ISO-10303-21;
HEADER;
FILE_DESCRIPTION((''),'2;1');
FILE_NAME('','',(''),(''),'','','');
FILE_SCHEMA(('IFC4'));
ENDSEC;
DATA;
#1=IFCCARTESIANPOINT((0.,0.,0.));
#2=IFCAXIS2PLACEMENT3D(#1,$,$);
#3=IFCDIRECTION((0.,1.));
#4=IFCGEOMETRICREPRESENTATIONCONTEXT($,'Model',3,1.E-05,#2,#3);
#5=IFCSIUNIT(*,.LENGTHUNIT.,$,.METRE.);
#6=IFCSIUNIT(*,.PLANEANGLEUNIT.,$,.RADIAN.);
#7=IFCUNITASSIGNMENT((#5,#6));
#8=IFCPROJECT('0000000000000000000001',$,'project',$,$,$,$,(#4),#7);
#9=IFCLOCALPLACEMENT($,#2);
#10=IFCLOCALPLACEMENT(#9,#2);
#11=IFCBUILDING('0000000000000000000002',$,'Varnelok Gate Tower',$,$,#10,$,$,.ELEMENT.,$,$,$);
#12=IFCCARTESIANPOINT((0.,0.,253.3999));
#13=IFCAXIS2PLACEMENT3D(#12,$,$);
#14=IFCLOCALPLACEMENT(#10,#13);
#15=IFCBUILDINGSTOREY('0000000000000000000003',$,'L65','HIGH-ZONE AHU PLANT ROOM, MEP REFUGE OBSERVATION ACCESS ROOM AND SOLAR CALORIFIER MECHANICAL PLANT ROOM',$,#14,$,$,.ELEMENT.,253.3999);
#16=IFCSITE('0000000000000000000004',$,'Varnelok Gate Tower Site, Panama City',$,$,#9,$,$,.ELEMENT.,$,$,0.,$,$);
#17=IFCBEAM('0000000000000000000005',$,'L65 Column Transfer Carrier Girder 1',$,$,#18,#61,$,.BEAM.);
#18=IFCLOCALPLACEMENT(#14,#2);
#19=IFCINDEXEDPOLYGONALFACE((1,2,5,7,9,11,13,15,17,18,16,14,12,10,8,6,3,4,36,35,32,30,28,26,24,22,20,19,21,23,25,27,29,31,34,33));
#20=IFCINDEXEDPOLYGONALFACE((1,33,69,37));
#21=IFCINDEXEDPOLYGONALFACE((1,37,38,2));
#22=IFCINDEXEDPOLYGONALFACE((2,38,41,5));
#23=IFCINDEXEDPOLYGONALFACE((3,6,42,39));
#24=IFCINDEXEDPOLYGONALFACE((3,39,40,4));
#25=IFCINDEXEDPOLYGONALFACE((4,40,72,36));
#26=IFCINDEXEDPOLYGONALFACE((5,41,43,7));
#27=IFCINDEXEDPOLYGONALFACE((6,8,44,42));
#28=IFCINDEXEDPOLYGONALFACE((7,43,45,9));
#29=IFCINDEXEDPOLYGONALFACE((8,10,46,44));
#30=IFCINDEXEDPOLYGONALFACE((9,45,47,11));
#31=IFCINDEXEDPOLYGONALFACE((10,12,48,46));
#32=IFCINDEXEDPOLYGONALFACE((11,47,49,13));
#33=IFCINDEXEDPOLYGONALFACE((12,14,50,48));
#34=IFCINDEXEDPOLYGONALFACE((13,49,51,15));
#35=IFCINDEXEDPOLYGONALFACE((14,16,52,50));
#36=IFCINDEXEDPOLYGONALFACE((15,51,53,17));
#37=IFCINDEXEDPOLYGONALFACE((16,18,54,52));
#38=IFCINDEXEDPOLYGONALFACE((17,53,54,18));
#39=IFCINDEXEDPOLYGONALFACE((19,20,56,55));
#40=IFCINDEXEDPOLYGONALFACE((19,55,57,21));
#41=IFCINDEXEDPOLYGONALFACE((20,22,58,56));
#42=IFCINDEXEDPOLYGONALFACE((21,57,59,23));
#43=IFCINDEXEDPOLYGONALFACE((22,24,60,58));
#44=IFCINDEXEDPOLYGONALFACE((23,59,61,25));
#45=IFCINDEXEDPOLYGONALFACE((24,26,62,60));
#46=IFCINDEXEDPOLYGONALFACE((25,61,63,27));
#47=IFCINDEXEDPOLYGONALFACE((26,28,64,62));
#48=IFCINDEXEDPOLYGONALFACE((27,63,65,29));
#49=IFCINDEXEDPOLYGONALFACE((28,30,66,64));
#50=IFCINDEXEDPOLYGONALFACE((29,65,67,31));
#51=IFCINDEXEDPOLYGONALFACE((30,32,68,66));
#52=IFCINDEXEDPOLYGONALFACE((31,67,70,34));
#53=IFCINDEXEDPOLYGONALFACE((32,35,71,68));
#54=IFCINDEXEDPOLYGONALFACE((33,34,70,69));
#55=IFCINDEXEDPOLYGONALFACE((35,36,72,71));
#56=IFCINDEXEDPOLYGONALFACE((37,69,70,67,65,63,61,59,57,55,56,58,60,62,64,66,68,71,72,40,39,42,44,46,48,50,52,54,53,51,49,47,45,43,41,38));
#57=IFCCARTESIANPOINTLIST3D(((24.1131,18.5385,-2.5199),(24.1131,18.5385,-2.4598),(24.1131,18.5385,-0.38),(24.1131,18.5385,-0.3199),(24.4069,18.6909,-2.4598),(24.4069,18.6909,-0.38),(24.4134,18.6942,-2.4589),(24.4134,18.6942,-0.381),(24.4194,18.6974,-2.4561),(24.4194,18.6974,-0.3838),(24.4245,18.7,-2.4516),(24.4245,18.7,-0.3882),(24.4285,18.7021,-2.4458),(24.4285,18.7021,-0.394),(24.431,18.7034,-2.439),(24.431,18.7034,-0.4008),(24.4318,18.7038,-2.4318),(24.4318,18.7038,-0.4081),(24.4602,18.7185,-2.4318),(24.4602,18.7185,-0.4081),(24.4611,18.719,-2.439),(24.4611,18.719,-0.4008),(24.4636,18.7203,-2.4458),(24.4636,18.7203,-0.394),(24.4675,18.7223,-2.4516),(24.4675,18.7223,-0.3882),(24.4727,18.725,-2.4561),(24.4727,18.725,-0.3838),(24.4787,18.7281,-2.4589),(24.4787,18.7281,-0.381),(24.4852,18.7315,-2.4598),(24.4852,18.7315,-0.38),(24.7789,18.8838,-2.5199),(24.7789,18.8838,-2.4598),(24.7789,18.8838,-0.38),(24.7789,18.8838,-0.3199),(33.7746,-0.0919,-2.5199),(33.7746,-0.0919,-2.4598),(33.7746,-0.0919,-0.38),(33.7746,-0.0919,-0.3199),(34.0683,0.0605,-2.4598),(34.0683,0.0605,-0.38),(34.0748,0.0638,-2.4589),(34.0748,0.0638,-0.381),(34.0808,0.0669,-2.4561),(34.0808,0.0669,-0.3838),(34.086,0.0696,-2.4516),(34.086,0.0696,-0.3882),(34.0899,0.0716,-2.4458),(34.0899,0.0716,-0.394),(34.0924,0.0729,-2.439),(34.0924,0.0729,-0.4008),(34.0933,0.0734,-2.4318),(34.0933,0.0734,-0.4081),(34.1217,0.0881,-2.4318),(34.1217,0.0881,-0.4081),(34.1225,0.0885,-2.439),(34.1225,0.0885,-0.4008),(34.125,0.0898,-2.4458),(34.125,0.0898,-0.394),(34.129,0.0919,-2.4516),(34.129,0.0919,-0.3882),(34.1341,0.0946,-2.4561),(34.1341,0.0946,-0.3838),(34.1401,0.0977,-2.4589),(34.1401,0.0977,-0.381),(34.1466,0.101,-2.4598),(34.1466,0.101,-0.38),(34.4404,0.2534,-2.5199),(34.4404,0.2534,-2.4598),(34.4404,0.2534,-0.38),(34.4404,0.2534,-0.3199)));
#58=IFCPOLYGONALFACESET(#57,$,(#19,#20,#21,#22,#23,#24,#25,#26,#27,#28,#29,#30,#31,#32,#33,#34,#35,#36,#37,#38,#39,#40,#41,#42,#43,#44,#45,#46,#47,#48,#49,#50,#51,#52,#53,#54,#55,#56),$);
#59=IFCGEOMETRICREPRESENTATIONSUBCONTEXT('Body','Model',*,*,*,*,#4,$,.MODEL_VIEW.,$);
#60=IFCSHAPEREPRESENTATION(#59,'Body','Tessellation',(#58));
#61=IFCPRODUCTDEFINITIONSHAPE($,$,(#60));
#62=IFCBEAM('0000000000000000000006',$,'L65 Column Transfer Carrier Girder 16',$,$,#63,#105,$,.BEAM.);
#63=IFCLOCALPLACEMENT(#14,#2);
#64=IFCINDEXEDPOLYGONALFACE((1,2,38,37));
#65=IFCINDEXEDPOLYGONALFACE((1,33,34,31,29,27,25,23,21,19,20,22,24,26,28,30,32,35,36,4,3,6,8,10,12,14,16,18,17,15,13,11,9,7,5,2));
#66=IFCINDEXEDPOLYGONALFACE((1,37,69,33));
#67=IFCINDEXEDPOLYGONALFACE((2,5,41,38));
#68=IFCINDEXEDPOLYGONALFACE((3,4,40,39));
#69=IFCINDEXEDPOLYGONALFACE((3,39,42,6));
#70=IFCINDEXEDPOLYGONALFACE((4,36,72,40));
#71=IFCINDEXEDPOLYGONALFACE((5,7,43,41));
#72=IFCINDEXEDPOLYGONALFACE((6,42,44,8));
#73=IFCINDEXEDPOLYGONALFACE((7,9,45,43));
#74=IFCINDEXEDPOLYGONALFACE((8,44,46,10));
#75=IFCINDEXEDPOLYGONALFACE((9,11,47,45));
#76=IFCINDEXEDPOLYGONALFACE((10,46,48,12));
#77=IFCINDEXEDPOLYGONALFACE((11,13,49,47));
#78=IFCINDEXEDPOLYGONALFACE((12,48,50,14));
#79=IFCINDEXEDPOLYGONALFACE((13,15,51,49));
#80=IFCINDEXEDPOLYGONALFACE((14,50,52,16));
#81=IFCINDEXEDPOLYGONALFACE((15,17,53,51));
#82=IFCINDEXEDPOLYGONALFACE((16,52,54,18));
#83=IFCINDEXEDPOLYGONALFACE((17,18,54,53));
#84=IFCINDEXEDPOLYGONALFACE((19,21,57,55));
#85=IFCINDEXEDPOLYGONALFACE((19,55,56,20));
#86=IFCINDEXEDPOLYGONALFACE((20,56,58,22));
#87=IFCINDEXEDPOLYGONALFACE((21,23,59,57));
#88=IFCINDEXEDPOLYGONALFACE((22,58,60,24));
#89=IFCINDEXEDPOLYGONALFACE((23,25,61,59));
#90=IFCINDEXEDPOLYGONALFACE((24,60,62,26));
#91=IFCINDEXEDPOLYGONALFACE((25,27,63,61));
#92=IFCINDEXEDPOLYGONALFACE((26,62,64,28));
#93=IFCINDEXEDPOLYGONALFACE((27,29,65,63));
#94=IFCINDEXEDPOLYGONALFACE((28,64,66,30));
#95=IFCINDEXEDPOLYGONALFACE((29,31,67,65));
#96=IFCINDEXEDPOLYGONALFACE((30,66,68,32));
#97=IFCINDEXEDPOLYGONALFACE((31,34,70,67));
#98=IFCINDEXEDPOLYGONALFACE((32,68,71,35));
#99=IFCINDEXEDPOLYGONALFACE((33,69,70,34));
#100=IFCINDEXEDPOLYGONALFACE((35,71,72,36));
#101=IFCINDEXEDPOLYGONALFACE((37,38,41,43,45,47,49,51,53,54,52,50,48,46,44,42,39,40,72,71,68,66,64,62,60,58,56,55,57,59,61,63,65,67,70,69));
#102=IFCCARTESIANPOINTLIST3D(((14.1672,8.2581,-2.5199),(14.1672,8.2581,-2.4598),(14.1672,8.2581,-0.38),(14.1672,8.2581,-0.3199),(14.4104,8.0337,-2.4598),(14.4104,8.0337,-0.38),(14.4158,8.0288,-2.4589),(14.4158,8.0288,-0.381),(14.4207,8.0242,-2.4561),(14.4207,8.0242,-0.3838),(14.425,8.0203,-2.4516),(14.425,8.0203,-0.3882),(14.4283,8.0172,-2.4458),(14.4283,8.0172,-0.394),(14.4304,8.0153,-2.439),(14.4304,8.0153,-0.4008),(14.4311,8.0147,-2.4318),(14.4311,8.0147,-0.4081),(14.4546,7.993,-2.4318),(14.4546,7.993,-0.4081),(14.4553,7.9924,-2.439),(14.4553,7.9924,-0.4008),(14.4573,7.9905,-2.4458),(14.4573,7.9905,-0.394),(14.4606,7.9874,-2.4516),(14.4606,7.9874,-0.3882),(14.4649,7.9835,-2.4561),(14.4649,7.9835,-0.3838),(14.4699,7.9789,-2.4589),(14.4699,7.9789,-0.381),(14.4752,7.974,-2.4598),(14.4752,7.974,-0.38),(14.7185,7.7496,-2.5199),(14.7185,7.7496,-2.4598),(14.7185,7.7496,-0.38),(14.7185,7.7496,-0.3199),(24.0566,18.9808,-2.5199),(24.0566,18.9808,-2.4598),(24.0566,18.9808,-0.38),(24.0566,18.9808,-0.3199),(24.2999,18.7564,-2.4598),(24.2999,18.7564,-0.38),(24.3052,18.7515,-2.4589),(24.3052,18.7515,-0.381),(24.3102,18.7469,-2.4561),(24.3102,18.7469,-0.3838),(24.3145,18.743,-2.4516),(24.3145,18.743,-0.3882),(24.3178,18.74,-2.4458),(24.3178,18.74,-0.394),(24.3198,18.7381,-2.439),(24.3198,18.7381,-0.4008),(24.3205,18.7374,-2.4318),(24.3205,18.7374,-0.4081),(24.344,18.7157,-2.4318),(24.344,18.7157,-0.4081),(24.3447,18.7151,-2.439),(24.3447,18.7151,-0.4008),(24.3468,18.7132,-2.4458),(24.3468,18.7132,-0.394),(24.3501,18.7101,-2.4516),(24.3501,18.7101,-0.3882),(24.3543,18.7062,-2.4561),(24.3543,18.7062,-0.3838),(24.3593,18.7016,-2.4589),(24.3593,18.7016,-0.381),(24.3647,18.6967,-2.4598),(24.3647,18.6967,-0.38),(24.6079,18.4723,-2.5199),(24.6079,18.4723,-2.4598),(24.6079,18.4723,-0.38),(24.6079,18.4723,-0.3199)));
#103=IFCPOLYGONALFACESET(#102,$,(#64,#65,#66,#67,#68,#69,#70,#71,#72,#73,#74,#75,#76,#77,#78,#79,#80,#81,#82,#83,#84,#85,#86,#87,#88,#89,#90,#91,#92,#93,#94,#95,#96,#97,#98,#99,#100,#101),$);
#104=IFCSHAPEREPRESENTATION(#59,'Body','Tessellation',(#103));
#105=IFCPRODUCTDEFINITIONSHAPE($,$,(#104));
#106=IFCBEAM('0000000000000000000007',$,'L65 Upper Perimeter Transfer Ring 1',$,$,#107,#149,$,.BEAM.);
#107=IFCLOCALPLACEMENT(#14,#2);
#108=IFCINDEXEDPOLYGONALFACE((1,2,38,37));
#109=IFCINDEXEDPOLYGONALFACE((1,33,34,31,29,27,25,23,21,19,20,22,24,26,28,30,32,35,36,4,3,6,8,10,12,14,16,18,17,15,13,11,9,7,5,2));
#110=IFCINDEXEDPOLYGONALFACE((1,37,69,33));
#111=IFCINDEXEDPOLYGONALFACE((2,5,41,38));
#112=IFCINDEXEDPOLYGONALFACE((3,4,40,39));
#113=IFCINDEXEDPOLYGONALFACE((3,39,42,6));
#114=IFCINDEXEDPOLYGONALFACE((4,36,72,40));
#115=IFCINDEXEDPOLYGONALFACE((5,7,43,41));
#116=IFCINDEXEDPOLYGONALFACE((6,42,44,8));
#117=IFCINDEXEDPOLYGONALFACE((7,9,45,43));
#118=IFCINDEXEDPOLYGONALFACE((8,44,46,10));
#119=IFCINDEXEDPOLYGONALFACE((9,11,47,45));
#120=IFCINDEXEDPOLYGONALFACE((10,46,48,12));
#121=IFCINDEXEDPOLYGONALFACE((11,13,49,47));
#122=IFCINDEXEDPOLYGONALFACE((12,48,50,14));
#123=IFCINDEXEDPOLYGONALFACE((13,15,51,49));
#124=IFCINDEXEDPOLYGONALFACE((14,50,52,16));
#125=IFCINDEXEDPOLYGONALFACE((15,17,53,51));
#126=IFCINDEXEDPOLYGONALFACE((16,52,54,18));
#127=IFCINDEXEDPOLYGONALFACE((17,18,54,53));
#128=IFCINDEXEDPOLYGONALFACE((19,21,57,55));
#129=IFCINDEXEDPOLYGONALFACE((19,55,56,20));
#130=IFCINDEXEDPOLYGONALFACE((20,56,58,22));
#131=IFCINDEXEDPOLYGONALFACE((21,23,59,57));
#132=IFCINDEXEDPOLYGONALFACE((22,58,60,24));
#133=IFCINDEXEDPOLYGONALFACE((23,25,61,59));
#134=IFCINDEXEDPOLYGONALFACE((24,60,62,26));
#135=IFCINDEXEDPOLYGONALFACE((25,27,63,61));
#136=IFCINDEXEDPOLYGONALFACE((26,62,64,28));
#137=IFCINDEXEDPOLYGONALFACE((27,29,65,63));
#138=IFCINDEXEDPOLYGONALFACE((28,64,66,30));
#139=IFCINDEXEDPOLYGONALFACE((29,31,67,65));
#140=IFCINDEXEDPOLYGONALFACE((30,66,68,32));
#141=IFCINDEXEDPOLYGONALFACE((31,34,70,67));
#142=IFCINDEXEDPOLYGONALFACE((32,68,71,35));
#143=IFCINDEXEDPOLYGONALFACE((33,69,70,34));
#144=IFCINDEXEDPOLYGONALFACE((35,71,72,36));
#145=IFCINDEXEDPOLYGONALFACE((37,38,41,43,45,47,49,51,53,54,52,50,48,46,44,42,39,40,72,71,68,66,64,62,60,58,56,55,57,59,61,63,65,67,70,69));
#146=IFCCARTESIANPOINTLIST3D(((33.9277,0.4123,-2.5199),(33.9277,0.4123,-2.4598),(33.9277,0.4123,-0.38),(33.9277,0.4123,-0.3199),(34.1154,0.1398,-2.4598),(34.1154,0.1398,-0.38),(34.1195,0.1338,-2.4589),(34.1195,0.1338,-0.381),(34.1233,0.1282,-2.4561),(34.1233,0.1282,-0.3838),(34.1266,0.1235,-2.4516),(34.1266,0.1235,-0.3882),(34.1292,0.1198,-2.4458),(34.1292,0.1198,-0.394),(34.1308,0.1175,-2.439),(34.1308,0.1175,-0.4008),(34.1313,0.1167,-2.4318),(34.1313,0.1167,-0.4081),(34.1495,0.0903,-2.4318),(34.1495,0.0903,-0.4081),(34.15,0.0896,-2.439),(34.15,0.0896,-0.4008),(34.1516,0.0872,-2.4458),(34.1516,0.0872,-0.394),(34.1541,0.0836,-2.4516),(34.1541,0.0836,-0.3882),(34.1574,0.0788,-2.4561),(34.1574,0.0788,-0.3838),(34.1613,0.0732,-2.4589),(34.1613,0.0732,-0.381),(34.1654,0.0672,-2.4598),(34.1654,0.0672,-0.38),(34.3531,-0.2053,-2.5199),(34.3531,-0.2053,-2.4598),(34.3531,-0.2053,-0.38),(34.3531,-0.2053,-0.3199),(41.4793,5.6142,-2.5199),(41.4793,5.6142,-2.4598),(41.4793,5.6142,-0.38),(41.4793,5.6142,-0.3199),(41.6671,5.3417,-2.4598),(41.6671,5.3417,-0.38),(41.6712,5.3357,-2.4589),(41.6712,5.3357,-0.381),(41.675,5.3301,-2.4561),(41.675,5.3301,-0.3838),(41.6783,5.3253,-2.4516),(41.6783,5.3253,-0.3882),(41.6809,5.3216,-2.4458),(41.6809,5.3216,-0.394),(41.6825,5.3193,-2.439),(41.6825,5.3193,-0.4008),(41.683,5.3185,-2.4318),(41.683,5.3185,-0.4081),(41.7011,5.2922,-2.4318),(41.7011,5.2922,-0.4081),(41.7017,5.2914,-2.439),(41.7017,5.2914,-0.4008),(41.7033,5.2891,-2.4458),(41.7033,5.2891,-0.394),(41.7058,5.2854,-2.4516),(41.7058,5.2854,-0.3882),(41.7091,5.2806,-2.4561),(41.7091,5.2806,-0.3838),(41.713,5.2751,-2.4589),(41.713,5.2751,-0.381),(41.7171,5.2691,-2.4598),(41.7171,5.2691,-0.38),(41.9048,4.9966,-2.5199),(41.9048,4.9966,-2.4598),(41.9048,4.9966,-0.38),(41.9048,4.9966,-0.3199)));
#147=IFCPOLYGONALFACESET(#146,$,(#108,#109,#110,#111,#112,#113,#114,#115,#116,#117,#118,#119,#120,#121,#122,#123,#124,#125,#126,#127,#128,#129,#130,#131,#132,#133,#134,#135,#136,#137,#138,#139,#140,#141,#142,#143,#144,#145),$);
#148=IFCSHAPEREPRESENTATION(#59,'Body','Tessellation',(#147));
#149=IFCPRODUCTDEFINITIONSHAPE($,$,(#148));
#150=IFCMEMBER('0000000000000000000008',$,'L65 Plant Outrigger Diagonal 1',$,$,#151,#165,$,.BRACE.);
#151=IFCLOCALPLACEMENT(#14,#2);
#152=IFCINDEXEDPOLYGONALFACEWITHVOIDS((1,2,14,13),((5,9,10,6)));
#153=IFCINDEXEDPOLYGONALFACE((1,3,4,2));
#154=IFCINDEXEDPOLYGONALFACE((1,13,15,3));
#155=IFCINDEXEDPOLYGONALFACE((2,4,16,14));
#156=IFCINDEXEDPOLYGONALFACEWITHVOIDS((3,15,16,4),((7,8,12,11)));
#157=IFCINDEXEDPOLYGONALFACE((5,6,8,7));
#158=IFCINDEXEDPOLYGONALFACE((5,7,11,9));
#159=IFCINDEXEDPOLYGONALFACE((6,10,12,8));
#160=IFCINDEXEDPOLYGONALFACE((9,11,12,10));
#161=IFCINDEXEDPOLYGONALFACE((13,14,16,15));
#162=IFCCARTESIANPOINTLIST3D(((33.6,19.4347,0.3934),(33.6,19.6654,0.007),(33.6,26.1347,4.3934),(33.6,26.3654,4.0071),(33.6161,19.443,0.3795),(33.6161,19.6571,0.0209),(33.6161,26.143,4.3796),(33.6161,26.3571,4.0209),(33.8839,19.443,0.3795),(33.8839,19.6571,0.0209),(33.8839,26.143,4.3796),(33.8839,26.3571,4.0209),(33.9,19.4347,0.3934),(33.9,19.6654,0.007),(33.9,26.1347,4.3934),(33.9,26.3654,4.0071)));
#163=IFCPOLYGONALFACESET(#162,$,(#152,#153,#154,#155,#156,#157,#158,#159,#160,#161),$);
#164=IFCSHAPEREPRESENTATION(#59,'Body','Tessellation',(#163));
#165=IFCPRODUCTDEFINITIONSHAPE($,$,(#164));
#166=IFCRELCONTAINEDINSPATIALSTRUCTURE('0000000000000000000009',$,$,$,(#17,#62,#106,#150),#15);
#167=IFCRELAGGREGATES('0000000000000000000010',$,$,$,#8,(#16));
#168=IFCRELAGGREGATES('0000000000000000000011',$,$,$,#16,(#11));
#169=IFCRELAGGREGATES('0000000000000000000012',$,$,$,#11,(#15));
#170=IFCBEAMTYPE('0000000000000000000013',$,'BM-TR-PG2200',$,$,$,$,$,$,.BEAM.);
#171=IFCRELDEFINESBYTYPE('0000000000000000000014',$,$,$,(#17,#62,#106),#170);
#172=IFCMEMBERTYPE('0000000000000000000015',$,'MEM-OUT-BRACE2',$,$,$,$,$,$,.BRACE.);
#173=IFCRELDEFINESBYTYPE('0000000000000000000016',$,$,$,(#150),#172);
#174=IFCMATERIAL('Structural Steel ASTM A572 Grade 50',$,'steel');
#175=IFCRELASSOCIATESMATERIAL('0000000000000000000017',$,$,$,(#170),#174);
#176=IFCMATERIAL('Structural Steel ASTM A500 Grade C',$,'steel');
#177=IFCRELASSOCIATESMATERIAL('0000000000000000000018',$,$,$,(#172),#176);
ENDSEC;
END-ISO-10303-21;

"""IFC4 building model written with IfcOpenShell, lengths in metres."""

from ifc_helpers import new_model, si_unit, direction, frame, origin, origin_2d, place, context, subcontext, project, spatial, hollow_rectangle, i_section, extrude, material, material_profile, profile_set, type_object, element, save


model = new_model("IFC4")

# Units and contexts
model_context = context("Model", 3, precision=1e-05, world=origin(), true_north=direction((0.0, 1.0)))
body_context = subcontext(model_context, "Body", "Model", "MODEL_VIEW")
ifc_project = project(units=[si_unit("LENGTHUNIT", "METRE"), si_unit("PLANEANGLEUNIT", "RADIAN")], contexts=[model_context])

# Site, building, storey
site_placement = place(None, origin())
site = spatial("IfcSite", under=ifc_project, at=site_placement, Name="Varnelok Gate Tower Site, Panama City", CompositionType="ELEMENT", RefElevation=0.0)
building_placement = place(site_placement, origin())
building = spatial("IfcBuilding", under=site, at=building_placement, Name="Varnelok Gate Tower", CompositionType="ELEMENT")
storey_placement = place(building_placement, frame((0.0, 0.0, 253.3999)))
storey = spatial("IfcBuildingStorey", under=building, at=storey_placement, Name="L65", Description="HIGH-ZONE AHU PLANT ROOM, MEP REFUGE OBSERVATION ACCESS ROOM AND SOLAR CALORIFIER MECHANICAL PLANT ROOM", CompositionType="ELEMENT", Elevation=253.3999)

# Beams
ifc_material_1 = material(Name="Structural Steel ASTM A572 Grade 50", Category="steel")
ifc_material_profile_1 = material_profile(ifc_material_1, i_section(OverallWidth=0.75, OverallDepth=2.2, WebThickness=0.032, FlangeThickness=0.0601, FilletRadius=0.0281, at=origin_2d()), Name="PG2200X750")
ifc_profile_set_1 = profile_set([ifc_material_profile_1], Name="Structural Steel ASTM A572 Grade 50")
beam_type_1 = type_object("IfcBeamType", Name="BM-TR-PG2200", PredefinedType="BEAM", material=ifc_profile_set_1)
beam_1_placement = place(storey_placement, frame((24.446, 18.7112, -1.4199), z_axis=(0.460362, -0.887731, 0.0), x_axis=(0.887731, 0.460362, 0.0)))
element("IfcBeam", 1, at=beam_1_placement, inside=storey, type_object=beam_type_1, Name="L65 Column Transfer Carrier Girder 1", PredefinedType="BEAM", context=body_context, shape_type="SweptSolid", body=[
    extrude(i_section(OverallWidth=0.75, OverallDepth=2.2, WebThickness=0.032, FlangeThickness=0.0601, FilletRadius=0.0281, at=origin_2d()), origin(), (0.0, 0.0, 1.0), 20.9866),
])
beam_2_placement = place(storey_placement, frame((24.3323, 18.7266, -1.4199), z_axis=(-0.677968, -0.735091, 0.0), x_axis=(0.735091, -0.677968, 0.0)))
element("IfcBeam", 2, at=beam_2_placement, inside=storey, type_object=beam_type_1, Name="L65 Column Transfer Carrier Girder 16", PredefinedType="BEAM", context=body_context, shape_type="SweptSolid", body=[
    extrude(i_section(OverallWidth=0.75, OverallDepth=2.2, WebThickness=0.032, FlangeThickness=0.0601, FilletRadius=0.0281, at=origin_2d()), origin(), (0.0, 0.0, 1.0), 14.5869),
])
beam_3_placement = place(storey_placement, frame((34.1404, 0.1035, -1.4199), z_axis=(0.823529, 0.567274, 0.0), x_axis=(-0.567274, 0.823529, 0.0)))
element("IfcBeam", 3, at=beam_3_placement, inside=storey, type_object=beam_type_1, Name="L65 Upper Perimeter Transfer Ring 1", PredefinedType="BEAM", context=body_context, shape_type="SweptSolid", body=[
    extrude(i_section(OverallWidth=0.75, OverallDepth=2.2, WebThickness=0.032, FlangeThickness=0.0601, FilletRadius=0.0281, at=origin_2d()), origin(), (0.0, 0.0, 1.0), 9.1699),
])

# Member
ifc_material_2 = material(Name="Structural Steel ASTM A500 Grade C", Category="steel")
ifc_material_profile_2 = material_profile(ifc_material_2, hollow_rectangle(XDim=0.3, YDim=0.45, WallThickness=0.0161, at=origin_2d()), Name="HSS450X300X16")
ifc_profile_set_2 = profile_set([ifc_material_profile_2], Name="Structural Steel ASTM A500 Grade C")
member_type_1 = type_object("IfcMemberType", Name="MEM-OUT-BRACE2", PredefinedType="BRACE", material=ifc_profile_set_2)
member_1_placement = place(storey_placement, frame((33.75, 19.55, 0.2002), z_axis=(0.0, 0.85862, 0.512613), x_axis=(-1.0, 0.0, 0.0)))
element("IfcMember", 4, at=member_1_placement, inside=storey, type_object=member_type_1, Name="L65 Plant Outrigger Diagonal 1", PredefinedType="BRACE", context=body_context, shape_type="SweptSolid", body=[
    extrude(hollow_rectangle(XDim=0.3, YDim=0.45, WallThickness=0.0161, at=origin_2d()), origin(), (0.0, 0.0, 1.0), 7.8032),
])

save(model, "model.ifc")
